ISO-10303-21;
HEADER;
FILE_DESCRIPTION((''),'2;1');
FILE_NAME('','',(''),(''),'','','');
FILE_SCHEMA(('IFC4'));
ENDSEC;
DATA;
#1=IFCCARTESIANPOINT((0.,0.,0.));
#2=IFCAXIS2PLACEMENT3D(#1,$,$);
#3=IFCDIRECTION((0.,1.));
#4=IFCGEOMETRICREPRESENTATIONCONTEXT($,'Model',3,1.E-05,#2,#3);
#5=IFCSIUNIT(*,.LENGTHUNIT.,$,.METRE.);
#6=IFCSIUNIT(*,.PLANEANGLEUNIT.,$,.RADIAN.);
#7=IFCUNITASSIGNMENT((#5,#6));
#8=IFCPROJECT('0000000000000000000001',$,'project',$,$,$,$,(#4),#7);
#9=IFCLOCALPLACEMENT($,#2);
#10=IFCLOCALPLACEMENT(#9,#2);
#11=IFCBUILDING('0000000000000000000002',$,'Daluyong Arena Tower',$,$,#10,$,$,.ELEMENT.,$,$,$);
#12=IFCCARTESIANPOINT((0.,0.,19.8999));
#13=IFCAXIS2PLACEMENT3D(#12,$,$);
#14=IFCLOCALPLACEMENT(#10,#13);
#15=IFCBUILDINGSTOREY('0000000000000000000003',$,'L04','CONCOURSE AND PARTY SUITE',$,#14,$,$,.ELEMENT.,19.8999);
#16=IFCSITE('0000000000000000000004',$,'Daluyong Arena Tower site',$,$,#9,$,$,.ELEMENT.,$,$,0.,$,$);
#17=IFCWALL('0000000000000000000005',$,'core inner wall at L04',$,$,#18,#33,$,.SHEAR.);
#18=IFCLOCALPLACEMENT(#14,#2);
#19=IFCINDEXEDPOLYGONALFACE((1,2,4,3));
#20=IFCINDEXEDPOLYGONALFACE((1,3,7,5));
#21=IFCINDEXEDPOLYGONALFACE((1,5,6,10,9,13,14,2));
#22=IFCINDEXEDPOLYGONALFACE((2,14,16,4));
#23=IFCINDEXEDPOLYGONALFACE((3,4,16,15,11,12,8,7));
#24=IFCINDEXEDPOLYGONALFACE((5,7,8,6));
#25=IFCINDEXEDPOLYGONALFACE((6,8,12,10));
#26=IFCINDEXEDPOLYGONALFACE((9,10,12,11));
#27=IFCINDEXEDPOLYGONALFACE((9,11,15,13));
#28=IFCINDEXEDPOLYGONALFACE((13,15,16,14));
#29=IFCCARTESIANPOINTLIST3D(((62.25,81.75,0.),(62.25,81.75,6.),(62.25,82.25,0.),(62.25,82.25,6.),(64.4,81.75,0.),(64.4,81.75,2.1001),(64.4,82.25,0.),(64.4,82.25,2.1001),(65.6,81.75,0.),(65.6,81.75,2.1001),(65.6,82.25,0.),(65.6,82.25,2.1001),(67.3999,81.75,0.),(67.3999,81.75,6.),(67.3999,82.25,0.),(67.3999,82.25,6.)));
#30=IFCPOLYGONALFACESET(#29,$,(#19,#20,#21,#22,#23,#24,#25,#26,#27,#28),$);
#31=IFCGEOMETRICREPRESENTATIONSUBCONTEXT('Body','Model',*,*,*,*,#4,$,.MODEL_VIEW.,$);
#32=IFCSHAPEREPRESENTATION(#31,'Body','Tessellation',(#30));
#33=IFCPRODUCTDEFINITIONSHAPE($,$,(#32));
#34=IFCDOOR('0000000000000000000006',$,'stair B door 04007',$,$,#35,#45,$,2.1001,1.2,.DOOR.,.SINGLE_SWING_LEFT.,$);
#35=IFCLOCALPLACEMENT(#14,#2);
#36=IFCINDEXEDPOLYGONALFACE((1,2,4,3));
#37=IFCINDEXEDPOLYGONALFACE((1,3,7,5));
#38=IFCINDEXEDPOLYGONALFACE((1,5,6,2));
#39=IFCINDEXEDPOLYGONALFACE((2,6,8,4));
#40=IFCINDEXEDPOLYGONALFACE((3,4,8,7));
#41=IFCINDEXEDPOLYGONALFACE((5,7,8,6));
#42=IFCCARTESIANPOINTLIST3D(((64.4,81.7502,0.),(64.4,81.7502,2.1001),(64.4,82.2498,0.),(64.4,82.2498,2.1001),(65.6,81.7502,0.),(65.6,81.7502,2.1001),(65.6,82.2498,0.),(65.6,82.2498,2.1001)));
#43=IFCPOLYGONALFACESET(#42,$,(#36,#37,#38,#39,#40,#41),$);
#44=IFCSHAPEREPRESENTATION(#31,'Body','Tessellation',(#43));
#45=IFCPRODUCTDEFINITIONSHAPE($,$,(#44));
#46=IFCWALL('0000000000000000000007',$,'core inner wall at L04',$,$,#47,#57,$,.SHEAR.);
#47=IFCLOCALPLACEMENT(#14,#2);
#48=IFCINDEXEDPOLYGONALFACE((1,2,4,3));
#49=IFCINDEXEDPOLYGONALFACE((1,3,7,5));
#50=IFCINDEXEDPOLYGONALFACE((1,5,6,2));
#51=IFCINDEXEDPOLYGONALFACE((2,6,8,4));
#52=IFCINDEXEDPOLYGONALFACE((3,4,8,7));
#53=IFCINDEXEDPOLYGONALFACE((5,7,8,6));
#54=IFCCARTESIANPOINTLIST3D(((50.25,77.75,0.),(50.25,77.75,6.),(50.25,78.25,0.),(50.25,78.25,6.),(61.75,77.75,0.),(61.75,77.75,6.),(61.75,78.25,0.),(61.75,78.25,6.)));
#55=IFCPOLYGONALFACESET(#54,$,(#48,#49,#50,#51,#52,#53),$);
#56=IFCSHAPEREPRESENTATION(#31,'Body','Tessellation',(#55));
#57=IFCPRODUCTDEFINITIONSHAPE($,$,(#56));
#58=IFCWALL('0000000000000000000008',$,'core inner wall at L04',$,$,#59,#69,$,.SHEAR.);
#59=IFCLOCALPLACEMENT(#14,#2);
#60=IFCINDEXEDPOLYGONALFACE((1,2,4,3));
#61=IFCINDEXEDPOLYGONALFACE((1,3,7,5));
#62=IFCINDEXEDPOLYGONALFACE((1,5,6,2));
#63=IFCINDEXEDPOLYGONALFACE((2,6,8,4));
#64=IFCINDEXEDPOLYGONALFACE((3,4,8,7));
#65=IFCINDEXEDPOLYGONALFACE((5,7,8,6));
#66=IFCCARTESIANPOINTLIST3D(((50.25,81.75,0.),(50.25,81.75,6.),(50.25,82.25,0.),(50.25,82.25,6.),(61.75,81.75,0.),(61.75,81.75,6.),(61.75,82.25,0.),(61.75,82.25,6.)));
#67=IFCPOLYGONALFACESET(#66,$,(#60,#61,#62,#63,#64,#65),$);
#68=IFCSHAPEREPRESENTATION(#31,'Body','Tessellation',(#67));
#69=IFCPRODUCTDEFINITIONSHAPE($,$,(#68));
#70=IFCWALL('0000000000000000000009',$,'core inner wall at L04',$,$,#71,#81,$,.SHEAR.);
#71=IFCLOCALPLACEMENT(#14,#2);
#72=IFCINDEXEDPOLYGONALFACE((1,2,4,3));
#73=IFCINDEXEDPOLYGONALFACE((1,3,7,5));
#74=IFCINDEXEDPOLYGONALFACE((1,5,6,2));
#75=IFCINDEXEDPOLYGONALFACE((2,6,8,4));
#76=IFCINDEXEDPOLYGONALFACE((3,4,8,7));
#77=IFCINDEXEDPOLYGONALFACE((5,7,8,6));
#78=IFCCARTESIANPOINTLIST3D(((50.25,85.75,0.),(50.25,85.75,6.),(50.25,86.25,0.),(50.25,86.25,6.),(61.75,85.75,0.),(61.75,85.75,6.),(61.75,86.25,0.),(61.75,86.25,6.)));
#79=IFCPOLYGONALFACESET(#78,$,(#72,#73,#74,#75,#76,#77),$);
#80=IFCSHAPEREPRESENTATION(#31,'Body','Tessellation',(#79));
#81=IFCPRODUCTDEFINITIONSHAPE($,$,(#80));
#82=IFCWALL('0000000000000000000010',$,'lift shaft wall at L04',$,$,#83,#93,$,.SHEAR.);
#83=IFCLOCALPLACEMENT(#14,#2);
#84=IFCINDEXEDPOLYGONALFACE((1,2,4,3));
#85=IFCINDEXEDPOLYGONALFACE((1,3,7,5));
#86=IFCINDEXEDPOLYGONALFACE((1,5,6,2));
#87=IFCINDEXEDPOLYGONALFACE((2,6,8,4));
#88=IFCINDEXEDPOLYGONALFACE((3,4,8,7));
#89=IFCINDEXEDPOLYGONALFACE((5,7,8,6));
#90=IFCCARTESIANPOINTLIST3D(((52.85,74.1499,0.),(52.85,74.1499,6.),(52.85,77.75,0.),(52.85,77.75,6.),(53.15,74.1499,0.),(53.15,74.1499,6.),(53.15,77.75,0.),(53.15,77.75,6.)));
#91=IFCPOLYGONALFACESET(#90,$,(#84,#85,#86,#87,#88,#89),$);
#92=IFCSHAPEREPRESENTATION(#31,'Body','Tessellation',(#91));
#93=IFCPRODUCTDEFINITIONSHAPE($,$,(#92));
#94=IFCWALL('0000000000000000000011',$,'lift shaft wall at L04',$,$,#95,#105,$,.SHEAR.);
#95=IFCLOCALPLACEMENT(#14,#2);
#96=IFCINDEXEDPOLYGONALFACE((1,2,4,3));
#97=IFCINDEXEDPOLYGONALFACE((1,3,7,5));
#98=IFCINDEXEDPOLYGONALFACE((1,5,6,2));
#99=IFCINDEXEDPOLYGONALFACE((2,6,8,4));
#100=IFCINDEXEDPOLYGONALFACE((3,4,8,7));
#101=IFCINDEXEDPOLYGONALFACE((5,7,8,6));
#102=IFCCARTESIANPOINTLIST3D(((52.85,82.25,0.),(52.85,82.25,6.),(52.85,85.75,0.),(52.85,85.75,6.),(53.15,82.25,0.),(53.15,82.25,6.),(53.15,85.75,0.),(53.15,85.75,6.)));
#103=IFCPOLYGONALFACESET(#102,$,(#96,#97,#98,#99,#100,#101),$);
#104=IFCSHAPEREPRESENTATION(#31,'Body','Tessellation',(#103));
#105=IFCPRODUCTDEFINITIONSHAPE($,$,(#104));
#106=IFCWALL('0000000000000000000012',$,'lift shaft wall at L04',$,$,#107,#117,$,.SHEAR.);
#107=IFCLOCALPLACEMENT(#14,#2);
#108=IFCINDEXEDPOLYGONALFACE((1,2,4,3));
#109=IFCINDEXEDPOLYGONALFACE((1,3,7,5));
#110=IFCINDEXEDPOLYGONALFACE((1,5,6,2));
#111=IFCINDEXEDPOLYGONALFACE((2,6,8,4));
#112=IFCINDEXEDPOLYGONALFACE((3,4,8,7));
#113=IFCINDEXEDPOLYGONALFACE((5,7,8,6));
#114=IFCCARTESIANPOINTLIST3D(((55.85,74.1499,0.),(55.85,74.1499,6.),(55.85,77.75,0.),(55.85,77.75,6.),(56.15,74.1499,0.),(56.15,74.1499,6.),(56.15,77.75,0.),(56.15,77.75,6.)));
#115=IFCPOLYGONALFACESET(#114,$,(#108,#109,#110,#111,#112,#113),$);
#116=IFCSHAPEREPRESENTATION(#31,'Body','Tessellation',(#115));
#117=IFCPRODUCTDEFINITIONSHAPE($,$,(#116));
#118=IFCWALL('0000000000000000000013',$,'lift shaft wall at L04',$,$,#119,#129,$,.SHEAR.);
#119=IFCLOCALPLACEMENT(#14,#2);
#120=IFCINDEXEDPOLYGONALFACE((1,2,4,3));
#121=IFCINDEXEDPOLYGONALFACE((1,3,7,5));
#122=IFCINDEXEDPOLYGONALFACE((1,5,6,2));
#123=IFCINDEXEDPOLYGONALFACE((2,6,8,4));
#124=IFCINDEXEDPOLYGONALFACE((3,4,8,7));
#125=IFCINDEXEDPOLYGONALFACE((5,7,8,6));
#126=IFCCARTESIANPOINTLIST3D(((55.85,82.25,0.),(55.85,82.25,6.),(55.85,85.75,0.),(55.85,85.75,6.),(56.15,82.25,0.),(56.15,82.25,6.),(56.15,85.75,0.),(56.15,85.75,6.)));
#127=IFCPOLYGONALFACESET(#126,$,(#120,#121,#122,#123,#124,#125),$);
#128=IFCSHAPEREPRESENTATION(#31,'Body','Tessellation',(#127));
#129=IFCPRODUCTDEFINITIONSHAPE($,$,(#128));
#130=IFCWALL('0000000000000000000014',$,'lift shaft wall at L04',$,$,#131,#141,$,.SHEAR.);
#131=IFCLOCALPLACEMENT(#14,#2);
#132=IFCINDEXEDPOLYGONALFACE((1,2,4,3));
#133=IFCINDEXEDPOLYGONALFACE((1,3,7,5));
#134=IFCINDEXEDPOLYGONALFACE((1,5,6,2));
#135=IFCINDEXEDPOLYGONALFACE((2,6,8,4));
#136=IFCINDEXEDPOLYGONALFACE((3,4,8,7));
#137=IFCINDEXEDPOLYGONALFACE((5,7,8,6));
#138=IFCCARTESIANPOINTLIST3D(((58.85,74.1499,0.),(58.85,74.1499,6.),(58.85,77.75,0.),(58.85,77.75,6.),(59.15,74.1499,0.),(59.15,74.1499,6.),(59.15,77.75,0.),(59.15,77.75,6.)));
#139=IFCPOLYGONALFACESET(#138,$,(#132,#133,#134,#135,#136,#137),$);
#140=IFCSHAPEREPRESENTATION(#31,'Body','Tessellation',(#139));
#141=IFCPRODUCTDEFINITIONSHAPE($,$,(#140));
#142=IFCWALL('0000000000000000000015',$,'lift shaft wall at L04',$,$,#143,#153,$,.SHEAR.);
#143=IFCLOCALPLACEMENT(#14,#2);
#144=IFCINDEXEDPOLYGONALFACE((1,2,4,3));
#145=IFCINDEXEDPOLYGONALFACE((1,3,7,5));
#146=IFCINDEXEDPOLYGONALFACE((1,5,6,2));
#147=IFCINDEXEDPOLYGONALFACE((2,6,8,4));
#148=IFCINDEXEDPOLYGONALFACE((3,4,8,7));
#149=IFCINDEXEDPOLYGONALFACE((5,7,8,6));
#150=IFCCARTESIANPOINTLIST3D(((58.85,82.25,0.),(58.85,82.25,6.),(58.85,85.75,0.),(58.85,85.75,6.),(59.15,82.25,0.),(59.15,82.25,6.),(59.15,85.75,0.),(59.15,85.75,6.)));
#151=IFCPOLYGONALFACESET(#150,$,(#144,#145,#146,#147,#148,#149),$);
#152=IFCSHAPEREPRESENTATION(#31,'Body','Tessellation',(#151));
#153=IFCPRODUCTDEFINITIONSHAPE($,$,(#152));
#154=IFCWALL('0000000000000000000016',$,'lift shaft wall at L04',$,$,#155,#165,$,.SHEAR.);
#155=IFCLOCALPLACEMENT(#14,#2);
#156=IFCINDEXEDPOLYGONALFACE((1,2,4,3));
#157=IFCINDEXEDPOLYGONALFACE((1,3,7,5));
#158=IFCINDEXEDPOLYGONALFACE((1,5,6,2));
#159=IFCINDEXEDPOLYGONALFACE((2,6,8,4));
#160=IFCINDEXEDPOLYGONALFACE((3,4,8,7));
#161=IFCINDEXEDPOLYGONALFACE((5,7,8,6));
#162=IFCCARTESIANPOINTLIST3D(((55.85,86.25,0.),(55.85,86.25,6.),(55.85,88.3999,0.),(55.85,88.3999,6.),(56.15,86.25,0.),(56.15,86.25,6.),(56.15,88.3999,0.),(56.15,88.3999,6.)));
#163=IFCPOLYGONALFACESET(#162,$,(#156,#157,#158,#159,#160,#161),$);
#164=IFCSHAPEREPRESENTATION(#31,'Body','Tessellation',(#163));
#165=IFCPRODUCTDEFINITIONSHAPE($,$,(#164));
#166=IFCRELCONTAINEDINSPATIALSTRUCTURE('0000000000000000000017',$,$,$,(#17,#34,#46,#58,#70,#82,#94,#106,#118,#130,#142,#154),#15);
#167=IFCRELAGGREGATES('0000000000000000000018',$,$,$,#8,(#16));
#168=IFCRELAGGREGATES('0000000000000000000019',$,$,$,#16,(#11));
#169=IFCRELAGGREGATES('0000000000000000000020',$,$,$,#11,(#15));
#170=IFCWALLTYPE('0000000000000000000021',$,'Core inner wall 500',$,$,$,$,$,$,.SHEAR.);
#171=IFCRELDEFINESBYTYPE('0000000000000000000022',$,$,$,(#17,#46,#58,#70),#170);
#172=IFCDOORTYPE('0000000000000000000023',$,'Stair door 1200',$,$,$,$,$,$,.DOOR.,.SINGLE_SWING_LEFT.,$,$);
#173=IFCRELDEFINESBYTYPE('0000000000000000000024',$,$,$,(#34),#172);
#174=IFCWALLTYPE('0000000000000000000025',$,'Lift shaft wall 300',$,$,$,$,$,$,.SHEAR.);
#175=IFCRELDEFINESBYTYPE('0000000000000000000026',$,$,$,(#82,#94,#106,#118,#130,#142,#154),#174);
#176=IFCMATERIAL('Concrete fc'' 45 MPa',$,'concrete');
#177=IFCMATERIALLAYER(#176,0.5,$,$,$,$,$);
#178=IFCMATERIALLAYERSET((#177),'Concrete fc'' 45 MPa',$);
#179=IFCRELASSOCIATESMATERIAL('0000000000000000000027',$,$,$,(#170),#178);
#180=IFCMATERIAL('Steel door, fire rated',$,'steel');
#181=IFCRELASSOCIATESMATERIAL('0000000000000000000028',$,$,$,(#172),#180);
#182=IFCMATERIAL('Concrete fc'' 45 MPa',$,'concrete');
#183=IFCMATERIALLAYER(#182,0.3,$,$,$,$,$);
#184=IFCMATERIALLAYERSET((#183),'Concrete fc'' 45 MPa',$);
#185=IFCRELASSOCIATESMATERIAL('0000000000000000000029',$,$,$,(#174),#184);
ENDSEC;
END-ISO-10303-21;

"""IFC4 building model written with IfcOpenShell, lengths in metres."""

from ifc_helpers import new_model, si_unit, direction, frame, frame_2d, origin, place, context, subcontext, project, spatial, rectangle, extrude, material, layer, layer_set, type_object, element, fill, save


model = new_model("IFC4")

# Units and contexts
model_context = context("Model", 3, precision=1e-05, world=origin(), true_north=direction((0.0, 1.0)))
body_context = subcontext(model_context, "Body", "Model", "MODEL_VIEW")
ifc_project = project(units=[si_unit("LENGTHUNIT", "METRE"), si_unit("PLANEANGLEUNIT", "RADIAN")], contexts=[model_context])

# Site, building, storey
site_placement = place(None, origin())
site = spatial("IfcSite", under=ifc_project, at=site_placement, Name="Daluyong Arena Tower site", CompositionType="ELEMENT", RefElevation=0.0)
building_placement = place(site_placement, origin())
building = spatial("IfcBuilding", under=site, at=building_placement, Name="Daluyong Arena Tower", CompositionType="ELEMENT")
storey_placement = place(building_placement, frame((0.0, 0.0, 19.8999)))
storey = spatial("IfcBuildingStorey", under=building, at=storey_placement, Name="L04", Description="CONCOURSE AND PARTY SUITE", CompositionType="ELEMENT", Elevation=19.8999)

# Shared definitions
ifc_material_1 = material(Name="Concrete fc' 45 MPa", Category="concrete")
ifc_layer_1 = layer(ifc_material_1, 0.5)
ifc_layer_set_1 = layer_set([ifc_layer_1], Name="Concrete fc' 45 MPa")
wall_type_1 = type_object("IfcWallType", Name="Core inner wall 500", PredefinedType="SHEAR", material=ifc_layer_set_1)

# Wall, opening, door
wall_1_placement = place(storey_placement, frame((62.25, 82.0, 0.0), z_axis=(0.0, 0.0, 1.0), x_axis=(1.0, 0.0, 0.0)))
wall_1 = element("IfcWall", 1, at=wall_1_placement, inside=storey, type_object=wall_type_1, Name="core inner wall at L04", PredefinedType="SHEAR", context=body_context, shape_type="SweptSolid", body=[
    extrude(rectangle(XDim=5.1499, YDim=0.5, at=frame_2d((2.575, 0.0))), origin(), (0.0, 0.0, 1.0), 6.0),
])
opening_1_placement = place(wall_1_placement, frame((2.1499, 0.0, 0.0)))
opening_1 = element("IfcOpeningElement", 2, at=opening_1_placement, cuts=wall_1, PredefinedType="OPENING", context=body_context, shape_type="SweptSolid", body=[
    extrude(rectangle(XDim=1.2, YDim=2.1001, at=frame_2d((0.6001, 1.05))), frame((0.0, 0.26, 0.0), z_axis=(0.0, -1.0, 0.0), x_axis=(1.0, 0.0, 0.0)), (0.0, 0.0, 1.0), 0.52),
])
ifc_material_2 = material(Name="Steel door, fire rated", Category="steel")
door_type_1 = type_object("IfcDoorType", Name="Stair door 1200", OperationType="SINGLE_SWING_LEFT", PredefinedType="DOOR", material=ifc_material_2)
door_1_placement = place(opening_1_placement, origin())
door_1 = element("IfcDoor", 3, at=door_1_placement, inside=storey, type_object=door_type_1, Name="stair B door 04007", OperationType="SINGLE_SWING_LEFT", OverallHeight=2.1001, OverallWidth=1.2, PredefinedType="DOOR", context=body_context, shape_type="SweptSolid", body=[
    extrude(rectangle(XDim=1.2, YDim=2.1001, at=frame_2d((0.6001, 1.05))), frame((0.0, 0.2498, 0.0), z_axis=(0.0, -1.0, 0.0), x_axis=(1.0, 0.0, 0.0)), (0.0, 0.0, 1.0), 0.4995),
])
fill(opening_1, door_1)

# Walls
for number, where, z_axis, x_axis, name in (
    (4, (50.25, 78.0, 0.0), (0.0, 0.0, 1.0), (1.0, 0.0, 0.0), "core inner wall at L04"),
    (5, (50.25, 82.0, 0.0), (0.0, 0.0, 1.0), (1.0, 0.0, 0.0), "core inner wall at L04"),
    (6, (50.25, 86.0, 0.0), (0.0, 0.0, 1.0), (1.0, 0.0, 0.0), "core inner wall at L04"),
):
    element("IfcWall", number, at=place(storey_placement, frame(where, z_axis=z_axis, x_axis=x_axis)), inside=storey, type_object=wall_type_1, Name=name, PredefinedType="SHEAR", context=body_context, shape_type="SweptSolid", body=[
        extrude(rectangle(XDim=11.5, YDim=0.5, at=frame_2d((5.75, 0.0))), origin(), (0.0, 0.0, 1.0), 6.0),
    ])
ifc_material_3 = material(Name="Concrete fc' 45 MPa", Category="concrete")
ifc_layer_2 = layer(ifc_material_3, 0.3)
ifc_layer_set_2 = layer_set([ifc_layer_2], Name="Concrete fc' 45 MPa")
wall_type_2 = type_object("IfcWallType", Name="Lift shaft wall 300", PredefinedType="SHEAR", material=ifc_layer_set_2)
wall_2_placement = place(storey_placement, frame((53.0, 74.1499, 0.0), z_axis=(0.0, 0.0, 1.0), x_axis=(0.0, 1.0, 0.0)))
element("IfcWall", 7, at=wall_2_placement, inside=storey, type_object=wall_type_2, Name="lift shaft wall at L04", PredefinedType="SHEAR", context=body_context, shape_type="SweptSolid", body=[
    extrude(rectangle(XDim=3.6001, YDim=0.3, at=frame_2d((1.8, 0.0))), origin(), (0.0, 0.0, 1.0), 6.0),
])
wall_3_placement = place(storey_placement, frame((53.0, 82.25, 0.0), z_axis=(0.0, 0.0, 1.0), x_axis=(0.0, 1.0, 0.0)))
element("IfcWall", 8, at=wall_3_placement, inside=storey, type_object=wall_type_2, Name="lift shaft wall at L04", PredefinedType="SHEAR", context=body_context, shape_type="SweptSolid", body=[
    extrude(rectangle(XDim=3.5, YDim=0.3, at=frame_2d((1.75, 0.0))), origin(), (0.0, 0.0, 1.0), 6.0),
])
wall_4_placement = place(storey_placement, frame((56.0, 74.1499, 0.0), z_axis=(0.0, 0.0, 1.0), x_axis=(0.0, 1.0, 0.0)))
element("IfcWall", 9, at=wall_4_placement, inside=storey, type_object=wall_type_2, Name="lift shaft wall at L04", PredefinedType="SHEAR", context=body_context, shape_type="SweptSolid", body=[
    extrude(rectangle(XDim=3.6001, YDim=0.3, at=frame_2d((1.8, 0.0))), origin(), (0.0, 0.0, 1.0), 6.0),
])
wall_5_placement = place(storey_placement, frame((56.0, 82.25, 0.0), z_axis=(0.0, 0.0, 1.0), x_axis=(0.0, 1.0, 0.0)))
element("IfcWall", 10, at=wall_5_placement, inside=storey, type_object=wall_type_2, Name="lift shaft wall at L04", PredefinedType="SHEAR", context=body_context, shape_type="SweptSolid", body=[
    extrude(rectangle(XDim=3.5, YDim=0.3, at=frame_2d((1.75, 0.0))), origin(), (0.0, 0.0, 1.0), 6.0),
])
wall_6_placement = place(storey_placement, frame((59.0, 74.1499, 0.0), z_axis=(0.0, 0.0, 1.0), x_axis=(0.0, 1.0, 0.0)))
element("IfcWall", 11, at=wall_6_placement, inside=storey, type_object=wall_type_2, Name="lift shaft wall at L04", PredefinedType="SHEAR", context=body_context, shape_type="SweptSolid", body=[
    extrude(rectangle(XDim=3.6001, YDim=0.3, at=frame_2d((1.8, 0.0))), origin(), (0.0, 0.0, 1.0), 6.0),
])
wall_7_placement = place(storey_placement, frame((59.0, 82.25, 0.0), z_axis=(0.0, 0.0, 1.0), x_axis=(0.0, 1.0, 0.0)))
element("IfcWall", 12, at=wall_7_placement, inside=storey, type_object=wall_type_2, Name="lift shaft wall at L04", PredefinedType="SHEAR", context=body_context, shape_type="SweptSolid", body=[
    extrude(rectangle(XDim=3.5, YDim=0.3, at=frame_2d((1.75, 0.0))), origin(), (0.0, 0.0, 1.0), 6.0),
])
wall_8_placement = place(storey_placement, frame((56.0, 86.25, 0.0), z_axis=(0.0, 0.0, 1.0), x_axis=(0.0, 1.0, 0.0)))
element("IfcWall", 13, at=wall_8_placement, inside=storey, type_object=wall_type_2, Name="lift shaft wall at L04", PredefinedType="SHEAR", context=body_context, shape_type="SweptSolid", body=[
    extrude(rectangle(XDim=2.1499, YDim=0.3, at=frame_2d((1.075, 0.0))), origin(), (0.0, 0.0, 1.0), 6.0),
])

save(model, "model.ifc")
